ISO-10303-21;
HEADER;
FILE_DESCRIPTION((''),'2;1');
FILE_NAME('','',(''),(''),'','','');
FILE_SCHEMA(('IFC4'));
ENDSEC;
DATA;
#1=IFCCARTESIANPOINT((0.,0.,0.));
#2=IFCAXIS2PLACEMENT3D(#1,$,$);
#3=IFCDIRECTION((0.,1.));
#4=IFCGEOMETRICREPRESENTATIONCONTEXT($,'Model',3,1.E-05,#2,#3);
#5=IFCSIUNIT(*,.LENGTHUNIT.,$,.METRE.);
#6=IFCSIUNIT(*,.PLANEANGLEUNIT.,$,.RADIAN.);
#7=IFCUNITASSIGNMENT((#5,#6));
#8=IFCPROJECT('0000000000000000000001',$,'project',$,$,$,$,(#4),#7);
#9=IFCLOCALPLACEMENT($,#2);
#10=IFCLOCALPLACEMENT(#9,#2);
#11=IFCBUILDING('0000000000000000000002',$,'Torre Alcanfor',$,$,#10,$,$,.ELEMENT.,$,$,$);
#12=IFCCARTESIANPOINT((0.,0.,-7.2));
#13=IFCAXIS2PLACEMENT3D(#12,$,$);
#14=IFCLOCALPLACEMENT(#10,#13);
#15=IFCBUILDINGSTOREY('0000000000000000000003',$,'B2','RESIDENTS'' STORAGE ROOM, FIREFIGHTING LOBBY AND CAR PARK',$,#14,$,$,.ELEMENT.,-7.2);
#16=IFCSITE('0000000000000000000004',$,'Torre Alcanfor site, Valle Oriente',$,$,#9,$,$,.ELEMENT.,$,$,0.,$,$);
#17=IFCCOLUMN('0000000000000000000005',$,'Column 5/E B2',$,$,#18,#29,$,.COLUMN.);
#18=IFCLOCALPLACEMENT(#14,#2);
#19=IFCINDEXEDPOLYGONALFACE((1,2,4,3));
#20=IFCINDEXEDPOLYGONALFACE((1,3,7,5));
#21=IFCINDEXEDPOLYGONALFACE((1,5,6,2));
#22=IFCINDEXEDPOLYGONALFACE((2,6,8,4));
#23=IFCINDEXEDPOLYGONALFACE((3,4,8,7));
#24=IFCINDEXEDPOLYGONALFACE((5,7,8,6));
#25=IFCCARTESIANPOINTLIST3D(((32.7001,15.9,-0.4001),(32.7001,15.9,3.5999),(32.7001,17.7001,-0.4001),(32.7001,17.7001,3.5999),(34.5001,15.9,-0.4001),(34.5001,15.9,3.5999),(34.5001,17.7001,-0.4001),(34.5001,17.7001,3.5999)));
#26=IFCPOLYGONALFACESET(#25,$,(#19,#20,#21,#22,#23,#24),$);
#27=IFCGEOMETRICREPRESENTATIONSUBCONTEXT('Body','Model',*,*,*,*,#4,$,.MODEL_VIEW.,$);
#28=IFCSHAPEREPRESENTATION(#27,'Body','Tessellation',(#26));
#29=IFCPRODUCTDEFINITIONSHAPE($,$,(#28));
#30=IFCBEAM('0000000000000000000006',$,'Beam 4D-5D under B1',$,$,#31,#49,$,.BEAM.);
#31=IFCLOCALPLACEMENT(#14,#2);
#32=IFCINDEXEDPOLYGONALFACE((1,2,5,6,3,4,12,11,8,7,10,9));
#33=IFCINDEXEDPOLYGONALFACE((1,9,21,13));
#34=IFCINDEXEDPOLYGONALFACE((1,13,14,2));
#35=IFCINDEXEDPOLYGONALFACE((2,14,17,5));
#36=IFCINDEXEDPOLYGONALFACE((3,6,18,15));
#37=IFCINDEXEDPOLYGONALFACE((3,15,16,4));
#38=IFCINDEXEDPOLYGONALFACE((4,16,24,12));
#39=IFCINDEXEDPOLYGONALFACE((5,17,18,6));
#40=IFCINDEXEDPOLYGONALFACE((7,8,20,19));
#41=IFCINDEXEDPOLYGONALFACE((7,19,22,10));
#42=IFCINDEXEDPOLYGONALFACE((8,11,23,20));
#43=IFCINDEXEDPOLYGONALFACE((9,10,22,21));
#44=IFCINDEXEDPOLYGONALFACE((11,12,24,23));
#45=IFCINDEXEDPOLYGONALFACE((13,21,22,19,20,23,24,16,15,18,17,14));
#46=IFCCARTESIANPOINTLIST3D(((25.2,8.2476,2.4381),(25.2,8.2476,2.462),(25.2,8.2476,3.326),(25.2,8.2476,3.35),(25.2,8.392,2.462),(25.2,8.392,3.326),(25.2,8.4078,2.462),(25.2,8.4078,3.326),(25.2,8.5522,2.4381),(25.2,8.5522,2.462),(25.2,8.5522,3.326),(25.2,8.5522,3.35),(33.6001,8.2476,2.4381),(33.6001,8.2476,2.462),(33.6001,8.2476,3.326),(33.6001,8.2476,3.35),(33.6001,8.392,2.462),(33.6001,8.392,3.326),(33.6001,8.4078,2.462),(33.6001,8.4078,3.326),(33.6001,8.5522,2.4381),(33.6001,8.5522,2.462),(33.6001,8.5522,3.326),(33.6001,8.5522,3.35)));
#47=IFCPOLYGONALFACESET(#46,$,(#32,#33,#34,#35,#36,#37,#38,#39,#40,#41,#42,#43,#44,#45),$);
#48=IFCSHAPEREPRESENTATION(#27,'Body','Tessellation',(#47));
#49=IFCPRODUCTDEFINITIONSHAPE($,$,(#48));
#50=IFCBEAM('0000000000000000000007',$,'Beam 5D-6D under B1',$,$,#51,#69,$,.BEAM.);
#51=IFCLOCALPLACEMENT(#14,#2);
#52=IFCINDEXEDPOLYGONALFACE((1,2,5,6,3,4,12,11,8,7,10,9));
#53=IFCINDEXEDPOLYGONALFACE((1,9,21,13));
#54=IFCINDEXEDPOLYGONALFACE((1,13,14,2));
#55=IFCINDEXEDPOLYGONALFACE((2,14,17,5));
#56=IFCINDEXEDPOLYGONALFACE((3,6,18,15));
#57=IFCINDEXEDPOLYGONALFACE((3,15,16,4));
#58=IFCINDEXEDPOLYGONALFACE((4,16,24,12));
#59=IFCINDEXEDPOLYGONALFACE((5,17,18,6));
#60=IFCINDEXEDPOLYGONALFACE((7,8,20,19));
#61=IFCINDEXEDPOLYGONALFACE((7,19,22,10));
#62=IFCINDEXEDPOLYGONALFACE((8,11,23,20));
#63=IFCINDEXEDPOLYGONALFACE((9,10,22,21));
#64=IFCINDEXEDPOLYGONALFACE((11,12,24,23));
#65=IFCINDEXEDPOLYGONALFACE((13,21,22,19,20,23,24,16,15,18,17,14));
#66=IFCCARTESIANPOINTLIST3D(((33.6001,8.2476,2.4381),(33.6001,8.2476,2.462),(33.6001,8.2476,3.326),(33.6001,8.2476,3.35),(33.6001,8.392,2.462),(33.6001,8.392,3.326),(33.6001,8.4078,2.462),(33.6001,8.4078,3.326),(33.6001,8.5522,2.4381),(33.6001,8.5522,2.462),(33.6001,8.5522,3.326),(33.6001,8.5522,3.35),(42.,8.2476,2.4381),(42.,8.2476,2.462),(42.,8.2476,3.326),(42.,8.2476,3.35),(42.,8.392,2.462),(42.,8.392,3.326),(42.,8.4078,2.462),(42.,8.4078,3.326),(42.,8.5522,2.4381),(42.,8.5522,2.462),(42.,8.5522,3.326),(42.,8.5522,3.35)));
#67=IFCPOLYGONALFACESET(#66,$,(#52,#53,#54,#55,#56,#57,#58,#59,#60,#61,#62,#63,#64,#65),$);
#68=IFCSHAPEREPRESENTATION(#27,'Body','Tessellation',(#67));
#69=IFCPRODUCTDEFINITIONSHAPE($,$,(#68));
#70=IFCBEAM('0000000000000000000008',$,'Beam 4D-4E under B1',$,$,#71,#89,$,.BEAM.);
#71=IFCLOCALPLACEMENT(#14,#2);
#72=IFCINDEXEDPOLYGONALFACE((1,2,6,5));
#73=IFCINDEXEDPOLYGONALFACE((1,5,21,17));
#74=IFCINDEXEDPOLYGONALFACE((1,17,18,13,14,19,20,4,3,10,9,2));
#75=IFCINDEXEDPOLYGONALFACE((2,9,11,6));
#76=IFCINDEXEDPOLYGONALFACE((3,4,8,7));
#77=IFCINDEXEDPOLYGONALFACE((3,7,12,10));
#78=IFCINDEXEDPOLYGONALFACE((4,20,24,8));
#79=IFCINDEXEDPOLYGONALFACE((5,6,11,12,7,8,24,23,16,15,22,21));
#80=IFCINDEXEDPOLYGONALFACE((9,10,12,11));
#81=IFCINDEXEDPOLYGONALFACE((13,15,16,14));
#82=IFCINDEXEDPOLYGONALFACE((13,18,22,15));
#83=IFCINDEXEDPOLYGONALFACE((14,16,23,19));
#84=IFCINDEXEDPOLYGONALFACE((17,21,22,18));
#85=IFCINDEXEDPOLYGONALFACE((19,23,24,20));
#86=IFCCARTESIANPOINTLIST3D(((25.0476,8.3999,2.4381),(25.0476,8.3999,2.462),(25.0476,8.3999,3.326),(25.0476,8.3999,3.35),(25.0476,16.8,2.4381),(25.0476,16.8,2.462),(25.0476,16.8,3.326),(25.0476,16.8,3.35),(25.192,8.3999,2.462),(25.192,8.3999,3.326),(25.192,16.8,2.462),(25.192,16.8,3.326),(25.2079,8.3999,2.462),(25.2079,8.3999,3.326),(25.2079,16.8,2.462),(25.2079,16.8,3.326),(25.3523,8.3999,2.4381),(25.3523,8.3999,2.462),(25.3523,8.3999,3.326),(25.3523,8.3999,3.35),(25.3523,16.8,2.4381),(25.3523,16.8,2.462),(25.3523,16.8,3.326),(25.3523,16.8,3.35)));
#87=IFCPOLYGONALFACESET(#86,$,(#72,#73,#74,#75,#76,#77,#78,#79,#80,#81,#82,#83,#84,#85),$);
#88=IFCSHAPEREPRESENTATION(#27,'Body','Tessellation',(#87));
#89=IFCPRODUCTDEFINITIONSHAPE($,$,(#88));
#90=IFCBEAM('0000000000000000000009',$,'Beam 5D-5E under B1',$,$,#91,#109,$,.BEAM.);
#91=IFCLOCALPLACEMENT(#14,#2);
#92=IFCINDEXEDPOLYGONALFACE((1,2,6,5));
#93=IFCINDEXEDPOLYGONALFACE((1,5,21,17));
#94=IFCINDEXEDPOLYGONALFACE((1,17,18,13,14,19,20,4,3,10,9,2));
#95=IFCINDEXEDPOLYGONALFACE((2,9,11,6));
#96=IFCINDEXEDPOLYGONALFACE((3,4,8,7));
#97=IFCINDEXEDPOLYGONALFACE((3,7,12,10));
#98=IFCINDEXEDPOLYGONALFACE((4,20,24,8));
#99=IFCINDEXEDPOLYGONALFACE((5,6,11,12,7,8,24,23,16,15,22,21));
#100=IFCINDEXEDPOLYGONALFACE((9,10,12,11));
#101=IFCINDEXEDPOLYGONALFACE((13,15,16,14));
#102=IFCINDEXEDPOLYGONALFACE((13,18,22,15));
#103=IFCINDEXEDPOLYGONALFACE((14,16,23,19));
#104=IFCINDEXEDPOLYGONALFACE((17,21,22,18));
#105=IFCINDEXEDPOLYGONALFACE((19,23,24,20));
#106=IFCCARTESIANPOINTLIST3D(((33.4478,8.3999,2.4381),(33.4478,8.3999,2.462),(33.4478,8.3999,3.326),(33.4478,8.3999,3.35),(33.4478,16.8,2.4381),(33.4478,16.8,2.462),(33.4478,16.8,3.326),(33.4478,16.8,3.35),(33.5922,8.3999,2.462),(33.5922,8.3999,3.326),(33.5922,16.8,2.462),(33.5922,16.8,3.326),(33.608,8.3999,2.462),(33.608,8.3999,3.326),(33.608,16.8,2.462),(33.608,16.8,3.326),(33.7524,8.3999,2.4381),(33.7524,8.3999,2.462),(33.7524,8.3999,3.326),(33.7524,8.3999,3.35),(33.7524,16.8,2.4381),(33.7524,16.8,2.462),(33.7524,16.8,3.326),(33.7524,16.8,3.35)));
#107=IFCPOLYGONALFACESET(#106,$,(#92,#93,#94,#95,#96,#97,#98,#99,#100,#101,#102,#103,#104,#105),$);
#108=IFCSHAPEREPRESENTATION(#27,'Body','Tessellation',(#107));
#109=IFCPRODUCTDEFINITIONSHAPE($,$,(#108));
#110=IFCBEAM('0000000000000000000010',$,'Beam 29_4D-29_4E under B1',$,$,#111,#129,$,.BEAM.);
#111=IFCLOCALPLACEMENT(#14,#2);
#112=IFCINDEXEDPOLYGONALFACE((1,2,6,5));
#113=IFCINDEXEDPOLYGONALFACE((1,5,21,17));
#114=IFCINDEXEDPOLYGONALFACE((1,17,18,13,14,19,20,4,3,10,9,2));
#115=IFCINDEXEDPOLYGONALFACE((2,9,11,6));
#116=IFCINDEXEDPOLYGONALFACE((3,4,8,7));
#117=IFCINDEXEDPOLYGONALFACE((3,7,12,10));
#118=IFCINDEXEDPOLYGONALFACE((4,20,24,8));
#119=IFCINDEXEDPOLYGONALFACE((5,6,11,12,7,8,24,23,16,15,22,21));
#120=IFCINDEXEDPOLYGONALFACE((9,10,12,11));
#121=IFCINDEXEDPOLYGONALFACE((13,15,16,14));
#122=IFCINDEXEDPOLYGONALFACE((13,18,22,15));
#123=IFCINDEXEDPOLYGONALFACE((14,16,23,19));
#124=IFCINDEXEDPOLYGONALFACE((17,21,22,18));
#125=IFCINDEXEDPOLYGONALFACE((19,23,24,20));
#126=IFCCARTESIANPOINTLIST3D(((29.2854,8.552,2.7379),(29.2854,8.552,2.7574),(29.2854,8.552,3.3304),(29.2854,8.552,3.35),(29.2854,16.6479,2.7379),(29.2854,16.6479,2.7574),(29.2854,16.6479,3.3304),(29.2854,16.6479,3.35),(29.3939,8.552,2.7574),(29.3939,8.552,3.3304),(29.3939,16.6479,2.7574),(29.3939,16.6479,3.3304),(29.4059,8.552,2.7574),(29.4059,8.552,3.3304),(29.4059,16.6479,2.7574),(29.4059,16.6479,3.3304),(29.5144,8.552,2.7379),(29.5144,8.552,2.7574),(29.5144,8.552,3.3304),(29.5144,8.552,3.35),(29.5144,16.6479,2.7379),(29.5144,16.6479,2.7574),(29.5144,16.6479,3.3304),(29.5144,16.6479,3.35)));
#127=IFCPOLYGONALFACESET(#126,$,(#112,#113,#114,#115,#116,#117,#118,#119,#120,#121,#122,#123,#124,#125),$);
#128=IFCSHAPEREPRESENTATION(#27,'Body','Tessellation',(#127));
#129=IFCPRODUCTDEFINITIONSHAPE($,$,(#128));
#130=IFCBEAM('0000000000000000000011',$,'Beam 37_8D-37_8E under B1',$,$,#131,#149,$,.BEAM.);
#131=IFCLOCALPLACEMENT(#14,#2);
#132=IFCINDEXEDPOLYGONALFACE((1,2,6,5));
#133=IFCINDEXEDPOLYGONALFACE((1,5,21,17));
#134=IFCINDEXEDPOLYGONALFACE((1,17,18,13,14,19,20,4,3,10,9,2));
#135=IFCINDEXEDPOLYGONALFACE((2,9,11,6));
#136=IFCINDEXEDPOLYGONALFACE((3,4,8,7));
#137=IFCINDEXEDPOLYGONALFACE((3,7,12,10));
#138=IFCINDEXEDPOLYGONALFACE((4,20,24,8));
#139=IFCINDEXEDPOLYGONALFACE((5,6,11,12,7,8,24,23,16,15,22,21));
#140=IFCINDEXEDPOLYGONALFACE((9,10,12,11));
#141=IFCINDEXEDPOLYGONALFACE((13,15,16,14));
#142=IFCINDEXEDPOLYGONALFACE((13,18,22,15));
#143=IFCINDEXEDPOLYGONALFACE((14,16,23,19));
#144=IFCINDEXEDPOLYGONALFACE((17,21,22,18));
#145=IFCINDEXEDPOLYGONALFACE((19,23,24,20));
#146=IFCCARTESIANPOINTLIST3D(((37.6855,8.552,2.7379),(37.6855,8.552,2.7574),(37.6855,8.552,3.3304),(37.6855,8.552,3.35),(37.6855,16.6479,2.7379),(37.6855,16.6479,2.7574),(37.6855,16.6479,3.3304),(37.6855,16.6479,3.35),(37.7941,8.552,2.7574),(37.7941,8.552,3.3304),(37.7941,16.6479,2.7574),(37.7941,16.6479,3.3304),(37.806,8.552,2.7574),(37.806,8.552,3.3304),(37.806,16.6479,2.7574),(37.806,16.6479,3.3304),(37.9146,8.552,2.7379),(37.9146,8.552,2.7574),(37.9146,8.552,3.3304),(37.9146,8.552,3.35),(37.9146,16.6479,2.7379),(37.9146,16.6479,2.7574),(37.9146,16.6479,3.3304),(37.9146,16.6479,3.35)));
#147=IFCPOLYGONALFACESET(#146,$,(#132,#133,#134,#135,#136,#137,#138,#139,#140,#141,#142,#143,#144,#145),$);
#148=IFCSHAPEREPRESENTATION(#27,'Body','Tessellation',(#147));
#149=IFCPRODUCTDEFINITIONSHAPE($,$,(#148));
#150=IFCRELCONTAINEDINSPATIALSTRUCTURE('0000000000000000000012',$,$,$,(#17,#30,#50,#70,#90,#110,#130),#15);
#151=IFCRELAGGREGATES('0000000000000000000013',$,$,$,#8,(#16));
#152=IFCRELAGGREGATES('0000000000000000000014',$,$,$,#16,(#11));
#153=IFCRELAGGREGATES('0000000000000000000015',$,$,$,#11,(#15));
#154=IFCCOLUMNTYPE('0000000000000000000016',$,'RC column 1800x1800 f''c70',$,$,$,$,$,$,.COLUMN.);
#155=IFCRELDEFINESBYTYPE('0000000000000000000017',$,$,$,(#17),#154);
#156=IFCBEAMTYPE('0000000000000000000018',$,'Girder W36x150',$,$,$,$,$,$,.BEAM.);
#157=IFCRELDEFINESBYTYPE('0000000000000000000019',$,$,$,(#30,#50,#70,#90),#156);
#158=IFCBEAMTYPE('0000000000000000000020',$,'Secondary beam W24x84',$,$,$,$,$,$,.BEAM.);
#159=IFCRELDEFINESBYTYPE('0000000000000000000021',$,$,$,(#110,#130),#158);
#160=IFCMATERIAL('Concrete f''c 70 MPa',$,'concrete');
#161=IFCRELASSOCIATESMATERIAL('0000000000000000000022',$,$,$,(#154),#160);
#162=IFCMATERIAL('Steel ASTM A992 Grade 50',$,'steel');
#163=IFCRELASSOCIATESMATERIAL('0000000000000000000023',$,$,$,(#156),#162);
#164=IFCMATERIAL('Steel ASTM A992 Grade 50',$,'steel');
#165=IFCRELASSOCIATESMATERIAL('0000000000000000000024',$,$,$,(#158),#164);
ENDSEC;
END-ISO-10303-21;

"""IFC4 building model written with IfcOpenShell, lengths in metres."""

from ifc_helpers import new_model, si_unit, direction, frame, origin, origin_2d, place, context, subcontext, project, spatial, rectangle, i_section, extrude, material, material_profile, profile_set, type_object, element, save


model = new_model("IFC4")

# Units and contexts
model_context = context("Model", 3, precision=1e-05, world=origin(), true_north=direction((0.0, 1.0)))
body_context = subcontext(model_context, "Body", "Model", "MODEL_VIEW")
ifc_project = project(units=[si_unit("LENGTHUNIT", "METRE"), si_unit("PLANEANGLEUNIT", "RADIAN")], contexts=[model_context])

# Site, building, storey
site_placement = place(None, origin())
site = spatial("IfcSite", under=ifc_project, at=site_placement, Name="Torre Alcanfor site, Valle Oriente", CompositionType="ELEMENT", RefElevation=0.0)
building_placement = place(site_placement, origin())
building = spatial("IfcBuilding", under=site, at=building_placement, Name="Torre Alcanfor", CompositionType="ELEMENT")
storey_placement = place(building_placement, frame((0.0, 0.0, -7.2)))
storey = spatial("IfcBuildingStorey", under=building, at=storey_placement, Name="B2", Description="RESIDENTS' STORAGE ROOM, FIREFIGHTING LOBBY AND CAR PARK", CompositionType="ELEMENT", Elevation=-7.2)

# Column
ifc_material_1 = material(Name="Concrete f'c 70 MPa", Category="concrete")
ifc_material_profile_1 = material_profile(ifc_material_1, rectangle(XDim=1.8, YDim=1.8, at=origin_2d()), Name="1800x1800")
ifc_profile_set_1 = profile_set([ifc_material_profile_1], Name="Concrete f'c 70 MPa")
column_type = type_object("IfcColumnType", Name="RC column 1800x1800 f'c70", PredefinedType="COLUMN", material=ifc_profile_set_1)
for number, where, z_axis, x_axis, name in (
    (1, (33.6001, 16.8, -0.4001), (0.0, 0.0, 1.0), (1.0, 0.0, 0.0), "Column 5/E B2"),
):
    element("IfcColumn", number, at=place(storey_placement, frame(where, z_axis=z_axis, x_axis=x_axis)), inside=storey, type_object=column_type, Name=name, PredefinedType="COLUMN", context=body_context, shape_type="SweptSolid", body=[
        extrude(rectangle(XDim=1.8, YDim=1.8, at=origin_2d()), origin(), (0.0, 0.0, 1.0), 4.0),
    ])

# Beams
ifc_material_2 = material(Name="Steel ASTM A992 Grade 50", Category="steel")
ifc_material_profile_2 = material_profile(ifc_material_2, i_section(OverallWidth=0.3047, OverallDepth=0.9119, WebThickness=0.0159, FlangeThickness=0.0239, at=origin_2d()), Name="W36x150")
ifc_profile_set_2 = profile_set([ifc_material_profile_2], Name="Steel ASTM A992 Grade 50")
beam_type_1 = type_object("IfcBeamType", Name="Girder W36x150", PredefinedType="BEAM", material=ifc_profile_set_2)
beam_1_placement = place(storey_placement, frame((25.2, 8.3999, 2.894), z_axis=(1.0, 0.0, 0.0), x_axis=(0.0, 1.0, 0.0)))
element("IfcBeam", 2, at=beam_1_placement, inside=storey, type_object=beam_type_1, Name="Beam 4D-5D under B1", PredefinedType="BEAM", context=body_context, shape_type="SweptSolid", body=[
    extrude(i_section(OverallWidth=0.3047, OverallDepth=0.9119, WebThickness=0.0159, FlangeThickness=0.0239, at=origin_2d()), origin(), (0.0, 0.0, 1.0), 8.4001),
])
beam_2_placement = place(storey_placement, frame((33.6001, 8.3999, 2.894), z_axis=(1.0, 0.0, 0.0), x_axis=(0.0, 1.0, 0.0)))
element("IfcBeam", 3, at=beam_2_placement, inside=storey, type_object=beam_type_1, Name="Beam 5D-6D under B1", PredefinedType="BEAM", context=body_context, shape_type="SweptSolid", body=[
    extrude(i_section(OverallWidth=0.3047, OverallDepth=0.9119, WebThickness=0.0159, FlangeThickness=0.0239, at=origin_2d()), origin(), (0.0, 0.0, 1.0), 8.3999),
])
for number, where, z_axis, x_axis, name in (
    (4, (25.2, 8.3999, 2.894), (0.0, 1.0, 0.0), (-1.0, 0.0, 0.0), "Beam 4D-4E under B1"),
    (5, (33.6001, 8.3999, 2.894), (0.0, 1.0, 0.0), (-1.0, 0.0, 0.0), "Beam 5D-5E under B1"),
):
    element("IfcBeam", number, at=place(storey_placement, frame(where, z_axis=z_axis, x_axis=x_axis)), inside=storey, type_object=beam_type_1, Name=name, PredefinedType="BEAM", context=body_context, shape_type="SweptSolid", body=[
        extrude(i_section(OverallWidth=0.3047, OverallDepth=0.9119, WebThickness=0.0159, FlangeThickness=0.0239, at=origin_2d()), origin(), (0.0, 0.0, 1.0), 8.4001),
    ])
ifc_material_3 = material(Name="Steel ASTM A992 Grade 50", Category="steel")
ifc_material_profile_3 = material_profile(ifc_material_3, i_section(OverallWidth=0.229, OverallDepth=0.6121, WebThickness=0.012, FlangeThickness=0.0195, at=origin_2d()), Name="W24x84")
ifc_profile_set_3 = profile_set([ifc_material_profile_3], Name="Steel ASTM A992 Grade 50")
beam_type_2 = type_object("IfcBeamType", Name="Secondary beam W24x84", PredefinedType="BEAM", material=ifc_profile_set_3)
for number, where, z_axis, x_axis, name in (
    (6, (29.3999, 8.552, 3.0439), (0.0, 1.0, 0.0), (-1.0, 0.0, 0.0), "Beam 29_4D-29_4E under B1"),
    (7, (37.8, 8.552, 3.0439), (0.0, 1.0, 0.0), (-1.0, 0.0, 0.0), "Beam 37_8D-37_8E under B1"),
):
    element("IfcBeam", number, at=place(storey_placement, frame(where, z_axis=z_axis, x_axis=x_axis)), inside=storey, type_object=beam_type_2, Name=name, PredefinedType="BEAM", context=body_context, shape_type="SweptSolid", body=[
        extrude(i_section(OverallWidth=0.229, OverallDepth=0.6121, WebThickness=0.012, FlangeThickness=0.0195, at=origin_2d()), origin(), (0.0, 0.0, 1.0), 8.0959),
    ])

save(model, "model.ifc")
